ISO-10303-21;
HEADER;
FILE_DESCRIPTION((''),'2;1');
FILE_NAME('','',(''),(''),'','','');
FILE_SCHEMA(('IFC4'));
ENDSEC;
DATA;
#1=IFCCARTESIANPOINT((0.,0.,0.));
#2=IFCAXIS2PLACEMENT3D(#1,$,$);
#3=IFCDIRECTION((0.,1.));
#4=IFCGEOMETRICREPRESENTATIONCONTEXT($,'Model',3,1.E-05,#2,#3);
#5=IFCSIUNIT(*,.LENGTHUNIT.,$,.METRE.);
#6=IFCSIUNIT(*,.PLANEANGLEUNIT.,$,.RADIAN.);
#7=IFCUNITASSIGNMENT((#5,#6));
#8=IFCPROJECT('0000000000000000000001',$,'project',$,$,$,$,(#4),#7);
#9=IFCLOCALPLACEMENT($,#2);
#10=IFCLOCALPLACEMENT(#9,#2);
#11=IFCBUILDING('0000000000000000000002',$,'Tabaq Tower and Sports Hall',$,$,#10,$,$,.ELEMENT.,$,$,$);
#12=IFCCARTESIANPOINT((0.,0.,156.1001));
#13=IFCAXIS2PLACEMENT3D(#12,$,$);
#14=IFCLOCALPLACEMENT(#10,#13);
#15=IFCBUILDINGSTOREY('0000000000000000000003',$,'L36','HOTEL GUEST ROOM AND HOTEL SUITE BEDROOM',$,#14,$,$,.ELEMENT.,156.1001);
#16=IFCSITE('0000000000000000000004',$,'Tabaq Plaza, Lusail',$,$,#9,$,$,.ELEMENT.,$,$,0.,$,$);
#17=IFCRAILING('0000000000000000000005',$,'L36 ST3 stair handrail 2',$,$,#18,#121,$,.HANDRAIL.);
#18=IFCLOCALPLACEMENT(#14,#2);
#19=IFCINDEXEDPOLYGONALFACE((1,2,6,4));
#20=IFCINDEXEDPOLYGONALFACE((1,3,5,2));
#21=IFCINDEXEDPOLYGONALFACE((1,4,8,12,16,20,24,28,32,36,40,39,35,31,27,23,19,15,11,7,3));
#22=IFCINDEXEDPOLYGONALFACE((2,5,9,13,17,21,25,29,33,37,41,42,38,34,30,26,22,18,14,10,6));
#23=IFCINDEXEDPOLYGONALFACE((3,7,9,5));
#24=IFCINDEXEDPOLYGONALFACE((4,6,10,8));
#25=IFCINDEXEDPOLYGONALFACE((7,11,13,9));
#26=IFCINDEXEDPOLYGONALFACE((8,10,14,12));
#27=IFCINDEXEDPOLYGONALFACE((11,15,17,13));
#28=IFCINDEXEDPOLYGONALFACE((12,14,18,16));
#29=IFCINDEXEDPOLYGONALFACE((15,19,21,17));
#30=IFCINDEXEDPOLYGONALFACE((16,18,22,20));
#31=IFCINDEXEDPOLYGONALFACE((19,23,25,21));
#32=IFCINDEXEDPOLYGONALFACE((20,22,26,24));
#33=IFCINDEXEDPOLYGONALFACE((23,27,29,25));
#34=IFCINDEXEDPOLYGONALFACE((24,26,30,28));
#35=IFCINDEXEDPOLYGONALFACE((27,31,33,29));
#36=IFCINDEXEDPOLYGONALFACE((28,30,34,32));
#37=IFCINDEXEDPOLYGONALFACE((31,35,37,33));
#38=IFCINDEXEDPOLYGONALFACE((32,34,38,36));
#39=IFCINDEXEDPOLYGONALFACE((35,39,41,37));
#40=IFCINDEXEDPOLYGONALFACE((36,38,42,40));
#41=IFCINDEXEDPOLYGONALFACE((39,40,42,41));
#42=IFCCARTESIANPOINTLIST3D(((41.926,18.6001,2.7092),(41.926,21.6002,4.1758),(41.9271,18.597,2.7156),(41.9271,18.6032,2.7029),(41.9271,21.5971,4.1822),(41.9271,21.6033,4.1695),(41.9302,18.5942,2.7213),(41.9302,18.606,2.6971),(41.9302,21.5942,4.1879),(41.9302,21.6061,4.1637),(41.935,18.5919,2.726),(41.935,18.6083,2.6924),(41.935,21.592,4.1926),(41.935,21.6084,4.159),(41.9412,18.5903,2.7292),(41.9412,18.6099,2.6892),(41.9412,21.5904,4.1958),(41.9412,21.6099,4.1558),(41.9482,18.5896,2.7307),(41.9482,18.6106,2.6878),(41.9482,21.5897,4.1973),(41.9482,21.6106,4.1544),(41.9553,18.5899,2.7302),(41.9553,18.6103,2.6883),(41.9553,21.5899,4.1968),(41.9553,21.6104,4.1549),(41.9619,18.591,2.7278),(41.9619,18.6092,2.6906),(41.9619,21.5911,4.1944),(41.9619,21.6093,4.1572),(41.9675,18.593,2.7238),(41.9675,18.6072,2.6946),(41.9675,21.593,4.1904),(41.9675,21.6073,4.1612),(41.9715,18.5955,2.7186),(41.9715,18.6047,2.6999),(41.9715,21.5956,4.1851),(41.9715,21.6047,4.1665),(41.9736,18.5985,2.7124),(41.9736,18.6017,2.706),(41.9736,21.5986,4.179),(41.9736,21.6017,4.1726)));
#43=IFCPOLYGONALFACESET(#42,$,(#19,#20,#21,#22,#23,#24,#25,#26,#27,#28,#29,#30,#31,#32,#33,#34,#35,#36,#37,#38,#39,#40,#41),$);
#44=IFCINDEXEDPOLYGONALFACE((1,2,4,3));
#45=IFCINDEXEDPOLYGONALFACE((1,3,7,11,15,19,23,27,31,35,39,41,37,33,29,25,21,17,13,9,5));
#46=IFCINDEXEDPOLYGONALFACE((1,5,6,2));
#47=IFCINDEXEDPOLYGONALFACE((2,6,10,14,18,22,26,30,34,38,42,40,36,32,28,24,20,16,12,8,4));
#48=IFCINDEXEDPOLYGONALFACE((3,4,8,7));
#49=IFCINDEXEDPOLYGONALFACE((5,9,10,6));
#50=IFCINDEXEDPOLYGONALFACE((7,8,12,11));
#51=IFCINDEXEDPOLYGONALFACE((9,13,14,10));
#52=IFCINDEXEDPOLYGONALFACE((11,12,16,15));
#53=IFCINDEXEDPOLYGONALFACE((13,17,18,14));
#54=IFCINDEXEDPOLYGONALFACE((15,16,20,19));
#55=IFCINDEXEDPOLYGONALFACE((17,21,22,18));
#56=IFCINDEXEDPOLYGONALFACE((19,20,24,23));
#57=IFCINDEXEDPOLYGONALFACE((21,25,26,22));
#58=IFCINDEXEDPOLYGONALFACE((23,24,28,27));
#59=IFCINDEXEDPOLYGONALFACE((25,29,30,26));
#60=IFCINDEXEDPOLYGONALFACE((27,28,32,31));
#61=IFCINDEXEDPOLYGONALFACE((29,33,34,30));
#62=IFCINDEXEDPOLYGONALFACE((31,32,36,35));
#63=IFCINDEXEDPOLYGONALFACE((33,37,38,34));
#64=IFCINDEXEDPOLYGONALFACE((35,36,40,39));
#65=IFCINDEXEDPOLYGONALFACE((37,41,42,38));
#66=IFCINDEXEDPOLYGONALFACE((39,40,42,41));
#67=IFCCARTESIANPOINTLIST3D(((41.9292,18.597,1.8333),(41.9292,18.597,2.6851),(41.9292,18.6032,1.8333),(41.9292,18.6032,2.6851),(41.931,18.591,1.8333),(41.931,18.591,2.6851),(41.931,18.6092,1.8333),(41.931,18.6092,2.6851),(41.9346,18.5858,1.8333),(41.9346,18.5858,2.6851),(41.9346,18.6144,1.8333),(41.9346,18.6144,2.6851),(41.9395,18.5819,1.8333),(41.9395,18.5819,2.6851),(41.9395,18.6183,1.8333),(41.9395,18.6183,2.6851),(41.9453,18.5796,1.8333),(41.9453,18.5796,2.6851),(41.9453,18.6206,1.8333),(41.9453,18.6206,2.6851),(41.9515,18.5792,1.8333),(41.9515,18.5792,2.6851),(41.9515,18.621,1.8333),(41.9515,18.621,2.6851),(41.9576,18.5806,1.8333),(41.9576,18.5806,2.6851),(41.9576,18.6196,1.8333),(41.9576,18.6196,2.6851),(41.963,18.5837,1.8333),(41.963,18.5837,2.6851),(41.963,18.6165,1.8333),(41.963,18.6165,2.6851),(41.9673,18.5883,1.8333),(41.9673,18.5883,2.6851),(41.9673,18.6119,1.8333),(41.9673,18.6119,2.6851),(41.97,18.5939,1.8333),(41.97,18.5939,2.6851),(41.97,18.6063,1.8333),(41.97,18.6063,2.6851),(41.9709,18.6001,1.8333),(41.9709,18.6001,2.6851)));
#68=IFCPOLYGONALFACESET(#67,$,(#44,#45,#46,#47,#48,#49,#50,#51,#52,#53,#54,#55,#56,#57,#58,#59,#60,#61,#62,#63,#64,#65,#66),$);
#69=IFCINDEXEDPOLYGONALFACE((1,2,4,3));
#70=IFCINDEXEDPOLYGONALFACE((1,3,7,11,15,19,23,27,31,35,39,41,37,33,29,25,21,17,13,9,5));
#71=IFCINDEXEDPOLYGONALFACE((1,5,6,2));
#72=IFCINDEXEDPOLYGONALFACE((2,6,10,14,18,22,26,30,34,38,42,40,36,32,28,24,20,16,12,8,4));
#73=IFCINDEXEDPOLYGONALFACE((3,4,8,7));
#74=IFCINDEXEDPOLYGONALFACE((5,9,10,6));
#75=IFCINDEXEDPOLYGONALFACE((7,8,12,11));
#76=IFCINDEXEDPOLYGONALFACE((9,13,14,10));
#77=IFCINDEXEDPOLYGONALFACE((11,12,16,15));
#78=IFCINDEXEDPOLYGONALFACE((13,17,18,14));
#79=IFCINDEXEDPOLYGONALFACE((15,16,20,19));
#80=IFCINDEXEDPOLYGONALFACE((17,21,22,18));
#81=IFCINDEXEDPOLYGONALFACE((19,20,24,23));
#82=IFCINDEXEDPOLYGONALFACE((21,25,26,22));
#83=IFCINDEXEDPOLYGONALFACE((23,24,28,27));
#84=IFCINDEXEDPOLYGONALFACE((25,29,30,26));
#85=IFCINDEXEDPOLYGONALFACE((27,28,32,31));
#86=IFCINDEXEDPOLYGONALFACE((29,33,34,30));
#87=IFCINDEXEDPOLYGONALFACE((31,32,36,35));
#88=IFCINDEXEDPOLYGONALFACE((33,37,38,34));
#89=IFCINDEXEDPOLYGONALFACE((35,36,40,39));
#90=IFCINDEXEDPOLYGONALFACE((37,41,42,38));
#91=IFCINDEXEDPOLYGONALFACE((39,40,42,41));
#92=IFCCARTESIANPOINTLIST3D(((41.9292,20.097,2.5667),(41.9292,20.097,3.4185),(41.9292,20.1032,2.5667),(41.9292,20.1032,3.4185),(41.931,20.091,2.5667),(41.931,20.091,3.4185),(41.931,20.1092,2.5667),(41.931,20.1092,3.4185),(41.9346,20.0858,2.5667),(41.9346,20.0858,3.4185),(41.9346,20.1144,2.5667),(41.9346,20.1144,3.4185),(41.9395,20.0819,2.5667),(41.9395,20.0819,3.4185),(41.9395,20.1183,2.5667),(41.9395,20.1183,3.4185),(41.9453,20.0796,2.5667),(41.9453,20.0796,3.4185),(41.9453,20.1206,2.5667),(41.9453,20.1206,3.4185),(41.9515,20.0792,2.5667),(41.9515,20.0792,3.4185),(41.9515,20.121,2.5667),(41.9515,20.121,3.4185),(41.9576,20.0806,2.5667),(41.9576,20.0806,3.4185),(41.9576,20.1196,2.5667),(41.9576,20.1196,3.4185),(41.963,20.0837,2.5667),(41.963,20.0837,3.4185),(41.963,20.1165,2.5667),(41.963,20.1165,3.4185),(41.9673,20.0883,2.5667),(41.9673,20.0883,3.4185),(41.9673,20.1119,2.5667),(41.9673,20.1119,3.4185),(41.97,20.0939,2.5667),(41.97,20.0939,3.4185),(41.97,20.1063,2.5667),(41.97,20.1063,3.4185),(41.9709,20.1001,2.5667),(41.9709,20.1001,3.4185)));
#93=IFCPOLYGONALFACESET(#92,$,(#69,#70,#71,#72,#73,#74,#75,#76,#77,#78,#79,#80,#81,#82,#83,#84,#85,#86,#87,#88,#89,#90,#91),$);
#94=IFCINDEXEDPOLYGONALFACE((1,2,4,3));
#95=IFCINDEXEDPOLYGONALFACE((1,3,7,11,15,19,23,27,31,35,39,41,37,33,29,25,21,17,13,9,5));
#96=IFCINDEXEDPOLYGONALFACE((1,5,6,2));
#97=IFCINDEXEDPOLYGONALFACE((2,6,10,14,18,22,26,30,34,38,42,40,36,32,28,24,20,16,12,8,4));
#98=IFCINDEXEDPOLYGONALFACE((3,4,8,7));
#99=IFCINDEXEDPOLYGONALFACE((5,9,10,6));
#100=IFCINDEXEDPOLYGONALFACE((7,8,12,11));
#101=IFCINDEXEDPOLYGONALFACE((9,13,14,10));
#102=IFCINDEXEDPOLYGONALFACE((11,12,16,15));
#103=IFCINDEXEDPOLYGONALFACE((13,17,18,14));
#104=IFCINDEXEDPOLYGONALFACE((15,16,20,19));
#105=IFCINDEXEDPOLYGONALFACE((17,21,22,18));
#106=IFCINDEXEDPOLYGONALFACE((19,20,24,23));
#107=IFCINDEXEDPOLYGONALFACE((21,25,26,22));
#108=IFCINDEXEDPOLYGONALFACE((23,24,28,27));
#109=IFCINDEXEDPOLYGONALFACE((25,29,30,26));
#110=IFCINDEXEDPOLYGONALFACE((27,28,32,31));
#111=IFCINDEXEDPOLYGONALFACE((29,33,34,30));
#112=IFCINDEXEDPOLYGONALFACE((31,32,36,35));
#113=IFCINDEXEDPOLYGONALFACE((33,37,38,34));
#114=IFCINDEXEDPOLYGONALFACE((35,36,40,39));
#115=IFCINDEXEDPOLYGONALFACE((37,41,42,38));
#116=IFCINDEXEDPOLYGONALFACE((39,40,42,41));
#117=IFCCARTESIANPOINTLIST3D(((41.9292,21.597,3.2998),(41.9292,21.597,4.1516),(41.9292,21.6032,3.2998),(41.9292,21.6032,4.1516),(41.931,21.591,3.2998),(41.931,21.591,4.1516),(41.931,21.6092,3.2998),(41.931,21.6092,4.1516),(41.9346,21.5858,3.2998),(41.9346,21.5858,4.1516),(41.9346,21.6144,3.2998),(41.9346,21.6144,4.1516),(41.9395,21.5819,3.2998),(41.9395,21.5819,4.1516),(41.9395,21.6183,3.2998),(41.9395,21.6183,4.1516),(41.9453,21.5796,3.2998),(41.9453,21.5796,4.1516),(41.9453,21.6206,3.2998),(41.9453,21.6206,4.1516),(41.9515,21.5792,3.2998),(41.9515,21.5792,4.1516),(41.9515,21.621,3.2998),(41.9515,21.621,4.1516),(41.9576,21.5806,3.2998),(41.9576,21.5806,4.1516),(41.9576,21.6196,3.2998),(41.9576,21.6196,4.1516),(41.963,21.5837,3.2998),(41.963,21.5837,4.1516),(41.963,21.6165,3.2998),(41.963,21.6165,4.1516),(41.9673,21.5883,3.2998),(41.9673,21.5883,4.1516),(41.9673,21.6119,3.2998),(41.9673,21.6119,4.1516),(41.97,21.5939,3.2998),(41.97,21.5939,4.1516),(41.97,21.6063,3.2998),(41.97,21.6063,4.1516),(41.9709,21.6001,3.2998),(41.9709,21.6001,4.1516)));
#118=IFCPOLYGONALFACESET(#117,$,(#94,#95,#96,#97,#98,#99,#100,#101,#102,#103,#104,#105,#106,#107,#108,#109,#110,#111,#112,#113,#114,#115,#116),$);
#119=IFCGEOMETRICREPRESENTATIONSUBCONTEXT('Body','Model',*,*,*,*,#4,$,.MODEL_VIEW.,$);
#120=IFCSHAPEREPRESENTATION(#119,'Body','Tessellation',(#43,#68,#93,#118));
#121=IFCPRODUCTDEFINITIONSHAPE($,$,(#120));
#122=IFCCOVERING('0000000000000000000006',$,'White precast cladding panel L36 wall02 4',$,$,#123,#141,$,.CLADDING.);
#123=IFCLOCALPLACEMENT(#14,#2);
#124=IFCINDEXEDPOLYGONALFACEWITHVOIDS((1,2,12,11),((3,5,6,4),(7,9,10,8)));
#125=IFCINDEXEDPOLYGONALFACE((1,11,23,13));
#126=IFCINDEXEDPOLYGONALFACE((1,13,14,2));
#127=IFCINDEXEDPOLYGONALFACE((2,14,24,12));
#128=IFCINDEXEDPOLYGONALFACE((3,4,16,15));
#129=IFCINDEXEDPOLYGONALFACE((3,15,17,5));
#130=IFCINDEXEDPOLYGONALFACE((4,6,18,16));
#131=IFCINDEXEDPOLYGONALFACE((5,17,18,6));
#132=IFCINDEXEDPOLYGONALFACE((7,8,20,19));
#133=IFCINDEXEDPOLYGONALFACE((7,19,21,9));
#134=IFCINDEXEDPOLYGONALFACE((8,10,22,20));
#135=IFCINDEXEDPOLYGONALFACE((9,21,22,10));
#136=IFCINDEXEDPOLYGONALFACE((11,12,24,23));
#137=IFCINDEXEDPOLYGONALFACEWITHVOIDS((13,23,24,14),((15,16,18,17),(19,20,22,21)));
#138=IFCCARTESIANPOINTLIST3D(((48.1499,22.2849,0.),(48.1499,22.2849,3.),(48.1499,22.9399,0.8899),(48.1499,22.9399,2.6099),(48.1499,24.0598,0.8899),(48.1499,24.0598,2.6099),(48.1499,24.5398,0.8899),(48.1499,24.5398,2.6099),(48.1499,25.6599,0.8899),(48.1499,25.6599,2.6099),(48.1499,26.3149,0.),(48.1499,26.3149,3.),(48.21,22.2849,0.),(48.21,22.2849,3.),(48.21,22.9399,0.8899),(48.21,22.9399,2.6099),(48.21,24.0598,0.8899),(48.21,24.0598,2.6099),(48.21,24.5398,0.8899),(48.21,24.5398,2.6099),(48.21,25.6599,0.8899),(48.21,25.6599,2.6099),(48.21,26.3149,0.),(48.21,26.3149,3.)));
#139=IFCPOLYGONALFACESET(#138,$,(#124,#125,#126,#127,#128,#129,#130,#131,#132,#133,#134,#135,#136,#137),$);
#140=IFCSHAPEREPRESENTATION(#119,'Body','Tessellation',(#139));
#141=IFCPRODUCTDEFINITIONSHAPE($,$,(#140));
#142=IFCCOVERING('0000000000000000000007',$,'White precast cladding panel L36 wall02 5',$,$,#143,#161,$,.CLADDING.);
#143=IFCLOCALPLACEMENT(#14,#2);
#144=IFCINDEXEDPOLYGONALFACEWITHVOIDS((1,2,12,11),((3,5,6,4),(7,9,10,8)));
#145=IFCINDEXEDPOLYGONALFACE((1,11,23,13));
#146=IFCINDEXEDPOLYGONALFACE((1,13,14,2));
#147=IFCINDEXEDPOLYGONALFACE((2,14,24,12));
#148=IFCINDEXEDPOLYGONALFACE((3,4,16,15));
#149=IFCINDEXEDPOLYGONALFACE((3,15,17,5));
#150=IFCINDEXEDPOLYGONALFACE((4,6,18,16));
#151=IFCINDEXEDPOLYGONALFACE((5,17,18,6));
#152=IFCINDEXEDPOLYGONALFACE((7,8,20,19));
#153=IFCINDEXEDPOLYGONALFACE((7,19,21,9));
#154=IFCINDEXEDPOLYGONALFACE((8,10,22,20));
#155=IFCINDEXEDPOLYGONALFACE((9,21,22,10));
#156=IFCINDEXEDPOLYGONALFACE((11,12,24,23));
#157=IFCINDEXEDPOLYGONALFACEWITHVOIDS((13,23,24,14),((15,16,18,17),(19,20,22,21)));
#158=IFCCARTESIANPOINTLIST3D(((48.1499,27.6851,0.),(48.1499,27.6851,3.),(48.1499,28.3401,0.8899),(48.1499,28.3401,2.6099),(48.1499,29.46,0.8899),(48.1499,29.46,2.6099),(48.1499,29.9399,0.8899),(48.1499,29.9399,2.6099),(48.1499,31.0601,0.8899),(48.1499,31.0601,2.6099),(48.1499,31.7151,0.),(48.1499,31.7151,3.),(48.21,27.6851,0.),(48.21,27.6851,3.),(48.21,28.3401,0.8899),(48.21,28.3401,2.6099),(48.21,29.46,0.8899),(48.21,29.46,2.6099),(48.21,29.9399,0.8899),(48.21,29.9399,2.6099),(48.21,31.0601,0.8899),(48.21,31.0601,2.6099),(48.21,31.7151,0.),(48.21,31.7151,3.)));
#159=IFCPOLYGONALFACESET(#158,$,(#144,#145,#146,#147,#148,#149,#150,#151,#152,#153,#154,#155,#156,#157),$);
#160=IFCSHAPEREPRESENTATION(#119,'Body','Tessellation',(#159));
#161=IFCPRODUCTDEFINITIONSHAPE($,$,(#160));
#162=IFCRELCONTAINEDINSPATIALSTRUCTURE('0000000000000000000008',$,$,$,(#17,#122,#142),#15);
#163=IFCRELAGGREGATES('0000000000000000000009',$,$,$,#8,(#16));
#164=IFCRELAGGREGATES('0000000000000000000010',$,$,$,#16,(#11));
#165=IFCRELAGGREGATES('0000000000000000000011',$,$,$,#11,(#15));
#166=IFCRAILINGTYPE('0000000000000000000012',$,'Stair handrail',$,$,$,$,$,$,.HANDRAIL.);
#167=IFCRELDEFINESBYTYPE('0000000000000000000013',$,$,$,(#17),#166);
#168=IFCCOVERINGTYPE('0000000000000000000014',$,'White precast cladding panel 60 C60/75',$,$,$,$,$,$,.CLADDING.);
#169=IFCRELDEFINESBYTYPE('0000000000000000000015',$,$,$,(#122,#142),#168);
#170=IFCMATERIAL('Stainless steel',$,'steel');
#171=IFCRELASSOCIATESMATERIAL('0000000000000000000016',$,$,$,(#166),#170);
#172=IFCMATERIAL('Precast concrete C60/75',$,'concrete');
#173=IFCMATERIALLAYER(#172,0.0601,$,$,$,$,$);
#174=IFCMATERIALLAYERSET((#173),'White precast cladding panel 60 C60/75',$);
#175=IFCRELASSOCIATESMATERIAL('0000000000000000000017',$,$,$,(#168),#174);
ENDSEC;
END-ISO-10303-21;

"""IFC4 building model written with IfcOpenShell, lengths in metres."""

from ifc_helpers import new_model, si_unit, direction, frame, origin, origin_2d, place, context, subcontext, project, spatial, polyline, circle, outline, extrude, material, layer, layer_set, type_object, element, save


model = new_model("IFC4")

# Units and contexts
model_context = context("Model", 3, precision=1e-05, world=origin(), true_north=direction((0.0, 1.0)))
body_context = subcontext(model_context, "Body", "Model", "MODEL_VIEW")
ifc_project = project(units=[si_unit("LENGTHUNIT", "METRE"), si_unit("PLANEANGLEUNIT", "RADIAN")], contexts=[model_context])

# Site, building, storey
site_placement = place(None, origin())
site = spatial("IfcSite", under=ifc_project, at=site_placement, Name="Tabaq Plaza, Lusail", CompositionType="ELEMENT", RefElevation=0.0)
building_placement = place(site_placement, origin())
building = spatial("IfcBuilding", under=site, at=building_placement, Name="Tabaq Tower and Sports Hall", CompositionType="ELEMENT")
storey_placement = place(building_placement, frame((0.0, 0.0, 156.1001)))
storey = spatial("IfcBuildingStorey", under=building, at=storey_placement, Name="L36", Description="HOTEL GUEST ROOM AND HOTEL SUITE BEDROOM", CompositionType="ELEMENT", Elevation=156.1001)

# Railing
ifc_material_1 = material(Name="Stainless steel", Category="steel")
railing_type_1 = type_object("IfcRailingType", Name="Stair handrail", PredefinedType="HANDRAIL", material=ifc_material_1)
railing_1_placement = place(storey_placement, frame((41.95, 18.6001, 1.8333)))
element("IfcRailing", 1, at=railing_1_placement, inside=storey, type_object=railing_type_1, Name="L36 ST3 stair handrail 2", PredefinedType="HANDRAIL", context=body_context, shape_type="SweptSolid", body=[
    extrude(circle(Radius=0.0239, at=origin_2d()), frame((0.0, 0.0, 0.876), z_axis=(0.0, 0.898398, 0.439183), x_axis=(-1.0, 0.0, 0.0)), (0.0, 0.0, 1.0), 3.3394),
    extrude(circle(Radius=0.021, at=origin_2d()), origin(), (0.0, 0.0, 1.0), 0.8518),
    extrude(circle(Radius=0.021, at=origin_2d()), frame((0.0, 1.5, 0.7334)), (0.0, 0.0, 1.0), 0.8518),
    extrude(circle(Radius=0.021, at=origin_2d()), frame((0.0, 3.0, 1.4666)), (0.0, 0.0, 1.0), 0.8518),
])

# Coverings
ifc_material_2 = material(Name="Precast concrete C60/75", Category="concrete")
ifc_layer_1 = layer(ifc_material_2, 0.0601)
ifc_layer_set_1 = layer_set([ifc_layer_1], Name="White precast cladding panel 60 C60/75")
covering_type_1 = type_object("IfcCoveringType", Name="White precast cladding panel 60 C60/75", PredefinedType="CLADDING", material=ifc_layer_set_1)
for number, where, z_axis, x_axis, name in (
    (2, (48.1799, 22.2849, 0.0), (0.0, 0.0, 1.0), (0.0, 1.0, 0.0), "White precast cladding panel L36 wall02 4"),
    (3, (48.1799, 27.6851, 0.0), (0.0, 0.0, 1.0), (0.0, 1.0, 0.0), "White precast cladding panel L36 wall02 5"),
):
    element("IfcCovering", number, at=place(storey_placement, frame(where, z_axis=z_axis, x_axis=x_axis)), inside=storey, type_object=covering_type_1, Name=name, PredefinedType="CLADDING", context=body_context, shape_type="SweptSolid", body=[
        extrude(outline(polyline([(0.0, 0.0), (4.03, 0.0), (4.03, 3.0), (0.0, 3.0), (0.0, 0.0)]), holes=[polyline([(0.655, 2.6099), (1.7749, 2.6099), (1.7749, 0.8899), (0.655, 0.8899), (0.655, 2.6099)]), polyline([(2.2549, 2.6099), (3.375, 2.6099), (3.375, 0.8899), (2.2549, 0.8899), (2.2549, 2.6099)])]), frame((0.0, 0.03, 0.0), z_axis=(0.0, -1.0, 0.0), x_axis=(1.0, 0.0, 0.0)), (0.0, 0.0, 1.0), 0.0601),
    ])

save(model, "model.ifc")
